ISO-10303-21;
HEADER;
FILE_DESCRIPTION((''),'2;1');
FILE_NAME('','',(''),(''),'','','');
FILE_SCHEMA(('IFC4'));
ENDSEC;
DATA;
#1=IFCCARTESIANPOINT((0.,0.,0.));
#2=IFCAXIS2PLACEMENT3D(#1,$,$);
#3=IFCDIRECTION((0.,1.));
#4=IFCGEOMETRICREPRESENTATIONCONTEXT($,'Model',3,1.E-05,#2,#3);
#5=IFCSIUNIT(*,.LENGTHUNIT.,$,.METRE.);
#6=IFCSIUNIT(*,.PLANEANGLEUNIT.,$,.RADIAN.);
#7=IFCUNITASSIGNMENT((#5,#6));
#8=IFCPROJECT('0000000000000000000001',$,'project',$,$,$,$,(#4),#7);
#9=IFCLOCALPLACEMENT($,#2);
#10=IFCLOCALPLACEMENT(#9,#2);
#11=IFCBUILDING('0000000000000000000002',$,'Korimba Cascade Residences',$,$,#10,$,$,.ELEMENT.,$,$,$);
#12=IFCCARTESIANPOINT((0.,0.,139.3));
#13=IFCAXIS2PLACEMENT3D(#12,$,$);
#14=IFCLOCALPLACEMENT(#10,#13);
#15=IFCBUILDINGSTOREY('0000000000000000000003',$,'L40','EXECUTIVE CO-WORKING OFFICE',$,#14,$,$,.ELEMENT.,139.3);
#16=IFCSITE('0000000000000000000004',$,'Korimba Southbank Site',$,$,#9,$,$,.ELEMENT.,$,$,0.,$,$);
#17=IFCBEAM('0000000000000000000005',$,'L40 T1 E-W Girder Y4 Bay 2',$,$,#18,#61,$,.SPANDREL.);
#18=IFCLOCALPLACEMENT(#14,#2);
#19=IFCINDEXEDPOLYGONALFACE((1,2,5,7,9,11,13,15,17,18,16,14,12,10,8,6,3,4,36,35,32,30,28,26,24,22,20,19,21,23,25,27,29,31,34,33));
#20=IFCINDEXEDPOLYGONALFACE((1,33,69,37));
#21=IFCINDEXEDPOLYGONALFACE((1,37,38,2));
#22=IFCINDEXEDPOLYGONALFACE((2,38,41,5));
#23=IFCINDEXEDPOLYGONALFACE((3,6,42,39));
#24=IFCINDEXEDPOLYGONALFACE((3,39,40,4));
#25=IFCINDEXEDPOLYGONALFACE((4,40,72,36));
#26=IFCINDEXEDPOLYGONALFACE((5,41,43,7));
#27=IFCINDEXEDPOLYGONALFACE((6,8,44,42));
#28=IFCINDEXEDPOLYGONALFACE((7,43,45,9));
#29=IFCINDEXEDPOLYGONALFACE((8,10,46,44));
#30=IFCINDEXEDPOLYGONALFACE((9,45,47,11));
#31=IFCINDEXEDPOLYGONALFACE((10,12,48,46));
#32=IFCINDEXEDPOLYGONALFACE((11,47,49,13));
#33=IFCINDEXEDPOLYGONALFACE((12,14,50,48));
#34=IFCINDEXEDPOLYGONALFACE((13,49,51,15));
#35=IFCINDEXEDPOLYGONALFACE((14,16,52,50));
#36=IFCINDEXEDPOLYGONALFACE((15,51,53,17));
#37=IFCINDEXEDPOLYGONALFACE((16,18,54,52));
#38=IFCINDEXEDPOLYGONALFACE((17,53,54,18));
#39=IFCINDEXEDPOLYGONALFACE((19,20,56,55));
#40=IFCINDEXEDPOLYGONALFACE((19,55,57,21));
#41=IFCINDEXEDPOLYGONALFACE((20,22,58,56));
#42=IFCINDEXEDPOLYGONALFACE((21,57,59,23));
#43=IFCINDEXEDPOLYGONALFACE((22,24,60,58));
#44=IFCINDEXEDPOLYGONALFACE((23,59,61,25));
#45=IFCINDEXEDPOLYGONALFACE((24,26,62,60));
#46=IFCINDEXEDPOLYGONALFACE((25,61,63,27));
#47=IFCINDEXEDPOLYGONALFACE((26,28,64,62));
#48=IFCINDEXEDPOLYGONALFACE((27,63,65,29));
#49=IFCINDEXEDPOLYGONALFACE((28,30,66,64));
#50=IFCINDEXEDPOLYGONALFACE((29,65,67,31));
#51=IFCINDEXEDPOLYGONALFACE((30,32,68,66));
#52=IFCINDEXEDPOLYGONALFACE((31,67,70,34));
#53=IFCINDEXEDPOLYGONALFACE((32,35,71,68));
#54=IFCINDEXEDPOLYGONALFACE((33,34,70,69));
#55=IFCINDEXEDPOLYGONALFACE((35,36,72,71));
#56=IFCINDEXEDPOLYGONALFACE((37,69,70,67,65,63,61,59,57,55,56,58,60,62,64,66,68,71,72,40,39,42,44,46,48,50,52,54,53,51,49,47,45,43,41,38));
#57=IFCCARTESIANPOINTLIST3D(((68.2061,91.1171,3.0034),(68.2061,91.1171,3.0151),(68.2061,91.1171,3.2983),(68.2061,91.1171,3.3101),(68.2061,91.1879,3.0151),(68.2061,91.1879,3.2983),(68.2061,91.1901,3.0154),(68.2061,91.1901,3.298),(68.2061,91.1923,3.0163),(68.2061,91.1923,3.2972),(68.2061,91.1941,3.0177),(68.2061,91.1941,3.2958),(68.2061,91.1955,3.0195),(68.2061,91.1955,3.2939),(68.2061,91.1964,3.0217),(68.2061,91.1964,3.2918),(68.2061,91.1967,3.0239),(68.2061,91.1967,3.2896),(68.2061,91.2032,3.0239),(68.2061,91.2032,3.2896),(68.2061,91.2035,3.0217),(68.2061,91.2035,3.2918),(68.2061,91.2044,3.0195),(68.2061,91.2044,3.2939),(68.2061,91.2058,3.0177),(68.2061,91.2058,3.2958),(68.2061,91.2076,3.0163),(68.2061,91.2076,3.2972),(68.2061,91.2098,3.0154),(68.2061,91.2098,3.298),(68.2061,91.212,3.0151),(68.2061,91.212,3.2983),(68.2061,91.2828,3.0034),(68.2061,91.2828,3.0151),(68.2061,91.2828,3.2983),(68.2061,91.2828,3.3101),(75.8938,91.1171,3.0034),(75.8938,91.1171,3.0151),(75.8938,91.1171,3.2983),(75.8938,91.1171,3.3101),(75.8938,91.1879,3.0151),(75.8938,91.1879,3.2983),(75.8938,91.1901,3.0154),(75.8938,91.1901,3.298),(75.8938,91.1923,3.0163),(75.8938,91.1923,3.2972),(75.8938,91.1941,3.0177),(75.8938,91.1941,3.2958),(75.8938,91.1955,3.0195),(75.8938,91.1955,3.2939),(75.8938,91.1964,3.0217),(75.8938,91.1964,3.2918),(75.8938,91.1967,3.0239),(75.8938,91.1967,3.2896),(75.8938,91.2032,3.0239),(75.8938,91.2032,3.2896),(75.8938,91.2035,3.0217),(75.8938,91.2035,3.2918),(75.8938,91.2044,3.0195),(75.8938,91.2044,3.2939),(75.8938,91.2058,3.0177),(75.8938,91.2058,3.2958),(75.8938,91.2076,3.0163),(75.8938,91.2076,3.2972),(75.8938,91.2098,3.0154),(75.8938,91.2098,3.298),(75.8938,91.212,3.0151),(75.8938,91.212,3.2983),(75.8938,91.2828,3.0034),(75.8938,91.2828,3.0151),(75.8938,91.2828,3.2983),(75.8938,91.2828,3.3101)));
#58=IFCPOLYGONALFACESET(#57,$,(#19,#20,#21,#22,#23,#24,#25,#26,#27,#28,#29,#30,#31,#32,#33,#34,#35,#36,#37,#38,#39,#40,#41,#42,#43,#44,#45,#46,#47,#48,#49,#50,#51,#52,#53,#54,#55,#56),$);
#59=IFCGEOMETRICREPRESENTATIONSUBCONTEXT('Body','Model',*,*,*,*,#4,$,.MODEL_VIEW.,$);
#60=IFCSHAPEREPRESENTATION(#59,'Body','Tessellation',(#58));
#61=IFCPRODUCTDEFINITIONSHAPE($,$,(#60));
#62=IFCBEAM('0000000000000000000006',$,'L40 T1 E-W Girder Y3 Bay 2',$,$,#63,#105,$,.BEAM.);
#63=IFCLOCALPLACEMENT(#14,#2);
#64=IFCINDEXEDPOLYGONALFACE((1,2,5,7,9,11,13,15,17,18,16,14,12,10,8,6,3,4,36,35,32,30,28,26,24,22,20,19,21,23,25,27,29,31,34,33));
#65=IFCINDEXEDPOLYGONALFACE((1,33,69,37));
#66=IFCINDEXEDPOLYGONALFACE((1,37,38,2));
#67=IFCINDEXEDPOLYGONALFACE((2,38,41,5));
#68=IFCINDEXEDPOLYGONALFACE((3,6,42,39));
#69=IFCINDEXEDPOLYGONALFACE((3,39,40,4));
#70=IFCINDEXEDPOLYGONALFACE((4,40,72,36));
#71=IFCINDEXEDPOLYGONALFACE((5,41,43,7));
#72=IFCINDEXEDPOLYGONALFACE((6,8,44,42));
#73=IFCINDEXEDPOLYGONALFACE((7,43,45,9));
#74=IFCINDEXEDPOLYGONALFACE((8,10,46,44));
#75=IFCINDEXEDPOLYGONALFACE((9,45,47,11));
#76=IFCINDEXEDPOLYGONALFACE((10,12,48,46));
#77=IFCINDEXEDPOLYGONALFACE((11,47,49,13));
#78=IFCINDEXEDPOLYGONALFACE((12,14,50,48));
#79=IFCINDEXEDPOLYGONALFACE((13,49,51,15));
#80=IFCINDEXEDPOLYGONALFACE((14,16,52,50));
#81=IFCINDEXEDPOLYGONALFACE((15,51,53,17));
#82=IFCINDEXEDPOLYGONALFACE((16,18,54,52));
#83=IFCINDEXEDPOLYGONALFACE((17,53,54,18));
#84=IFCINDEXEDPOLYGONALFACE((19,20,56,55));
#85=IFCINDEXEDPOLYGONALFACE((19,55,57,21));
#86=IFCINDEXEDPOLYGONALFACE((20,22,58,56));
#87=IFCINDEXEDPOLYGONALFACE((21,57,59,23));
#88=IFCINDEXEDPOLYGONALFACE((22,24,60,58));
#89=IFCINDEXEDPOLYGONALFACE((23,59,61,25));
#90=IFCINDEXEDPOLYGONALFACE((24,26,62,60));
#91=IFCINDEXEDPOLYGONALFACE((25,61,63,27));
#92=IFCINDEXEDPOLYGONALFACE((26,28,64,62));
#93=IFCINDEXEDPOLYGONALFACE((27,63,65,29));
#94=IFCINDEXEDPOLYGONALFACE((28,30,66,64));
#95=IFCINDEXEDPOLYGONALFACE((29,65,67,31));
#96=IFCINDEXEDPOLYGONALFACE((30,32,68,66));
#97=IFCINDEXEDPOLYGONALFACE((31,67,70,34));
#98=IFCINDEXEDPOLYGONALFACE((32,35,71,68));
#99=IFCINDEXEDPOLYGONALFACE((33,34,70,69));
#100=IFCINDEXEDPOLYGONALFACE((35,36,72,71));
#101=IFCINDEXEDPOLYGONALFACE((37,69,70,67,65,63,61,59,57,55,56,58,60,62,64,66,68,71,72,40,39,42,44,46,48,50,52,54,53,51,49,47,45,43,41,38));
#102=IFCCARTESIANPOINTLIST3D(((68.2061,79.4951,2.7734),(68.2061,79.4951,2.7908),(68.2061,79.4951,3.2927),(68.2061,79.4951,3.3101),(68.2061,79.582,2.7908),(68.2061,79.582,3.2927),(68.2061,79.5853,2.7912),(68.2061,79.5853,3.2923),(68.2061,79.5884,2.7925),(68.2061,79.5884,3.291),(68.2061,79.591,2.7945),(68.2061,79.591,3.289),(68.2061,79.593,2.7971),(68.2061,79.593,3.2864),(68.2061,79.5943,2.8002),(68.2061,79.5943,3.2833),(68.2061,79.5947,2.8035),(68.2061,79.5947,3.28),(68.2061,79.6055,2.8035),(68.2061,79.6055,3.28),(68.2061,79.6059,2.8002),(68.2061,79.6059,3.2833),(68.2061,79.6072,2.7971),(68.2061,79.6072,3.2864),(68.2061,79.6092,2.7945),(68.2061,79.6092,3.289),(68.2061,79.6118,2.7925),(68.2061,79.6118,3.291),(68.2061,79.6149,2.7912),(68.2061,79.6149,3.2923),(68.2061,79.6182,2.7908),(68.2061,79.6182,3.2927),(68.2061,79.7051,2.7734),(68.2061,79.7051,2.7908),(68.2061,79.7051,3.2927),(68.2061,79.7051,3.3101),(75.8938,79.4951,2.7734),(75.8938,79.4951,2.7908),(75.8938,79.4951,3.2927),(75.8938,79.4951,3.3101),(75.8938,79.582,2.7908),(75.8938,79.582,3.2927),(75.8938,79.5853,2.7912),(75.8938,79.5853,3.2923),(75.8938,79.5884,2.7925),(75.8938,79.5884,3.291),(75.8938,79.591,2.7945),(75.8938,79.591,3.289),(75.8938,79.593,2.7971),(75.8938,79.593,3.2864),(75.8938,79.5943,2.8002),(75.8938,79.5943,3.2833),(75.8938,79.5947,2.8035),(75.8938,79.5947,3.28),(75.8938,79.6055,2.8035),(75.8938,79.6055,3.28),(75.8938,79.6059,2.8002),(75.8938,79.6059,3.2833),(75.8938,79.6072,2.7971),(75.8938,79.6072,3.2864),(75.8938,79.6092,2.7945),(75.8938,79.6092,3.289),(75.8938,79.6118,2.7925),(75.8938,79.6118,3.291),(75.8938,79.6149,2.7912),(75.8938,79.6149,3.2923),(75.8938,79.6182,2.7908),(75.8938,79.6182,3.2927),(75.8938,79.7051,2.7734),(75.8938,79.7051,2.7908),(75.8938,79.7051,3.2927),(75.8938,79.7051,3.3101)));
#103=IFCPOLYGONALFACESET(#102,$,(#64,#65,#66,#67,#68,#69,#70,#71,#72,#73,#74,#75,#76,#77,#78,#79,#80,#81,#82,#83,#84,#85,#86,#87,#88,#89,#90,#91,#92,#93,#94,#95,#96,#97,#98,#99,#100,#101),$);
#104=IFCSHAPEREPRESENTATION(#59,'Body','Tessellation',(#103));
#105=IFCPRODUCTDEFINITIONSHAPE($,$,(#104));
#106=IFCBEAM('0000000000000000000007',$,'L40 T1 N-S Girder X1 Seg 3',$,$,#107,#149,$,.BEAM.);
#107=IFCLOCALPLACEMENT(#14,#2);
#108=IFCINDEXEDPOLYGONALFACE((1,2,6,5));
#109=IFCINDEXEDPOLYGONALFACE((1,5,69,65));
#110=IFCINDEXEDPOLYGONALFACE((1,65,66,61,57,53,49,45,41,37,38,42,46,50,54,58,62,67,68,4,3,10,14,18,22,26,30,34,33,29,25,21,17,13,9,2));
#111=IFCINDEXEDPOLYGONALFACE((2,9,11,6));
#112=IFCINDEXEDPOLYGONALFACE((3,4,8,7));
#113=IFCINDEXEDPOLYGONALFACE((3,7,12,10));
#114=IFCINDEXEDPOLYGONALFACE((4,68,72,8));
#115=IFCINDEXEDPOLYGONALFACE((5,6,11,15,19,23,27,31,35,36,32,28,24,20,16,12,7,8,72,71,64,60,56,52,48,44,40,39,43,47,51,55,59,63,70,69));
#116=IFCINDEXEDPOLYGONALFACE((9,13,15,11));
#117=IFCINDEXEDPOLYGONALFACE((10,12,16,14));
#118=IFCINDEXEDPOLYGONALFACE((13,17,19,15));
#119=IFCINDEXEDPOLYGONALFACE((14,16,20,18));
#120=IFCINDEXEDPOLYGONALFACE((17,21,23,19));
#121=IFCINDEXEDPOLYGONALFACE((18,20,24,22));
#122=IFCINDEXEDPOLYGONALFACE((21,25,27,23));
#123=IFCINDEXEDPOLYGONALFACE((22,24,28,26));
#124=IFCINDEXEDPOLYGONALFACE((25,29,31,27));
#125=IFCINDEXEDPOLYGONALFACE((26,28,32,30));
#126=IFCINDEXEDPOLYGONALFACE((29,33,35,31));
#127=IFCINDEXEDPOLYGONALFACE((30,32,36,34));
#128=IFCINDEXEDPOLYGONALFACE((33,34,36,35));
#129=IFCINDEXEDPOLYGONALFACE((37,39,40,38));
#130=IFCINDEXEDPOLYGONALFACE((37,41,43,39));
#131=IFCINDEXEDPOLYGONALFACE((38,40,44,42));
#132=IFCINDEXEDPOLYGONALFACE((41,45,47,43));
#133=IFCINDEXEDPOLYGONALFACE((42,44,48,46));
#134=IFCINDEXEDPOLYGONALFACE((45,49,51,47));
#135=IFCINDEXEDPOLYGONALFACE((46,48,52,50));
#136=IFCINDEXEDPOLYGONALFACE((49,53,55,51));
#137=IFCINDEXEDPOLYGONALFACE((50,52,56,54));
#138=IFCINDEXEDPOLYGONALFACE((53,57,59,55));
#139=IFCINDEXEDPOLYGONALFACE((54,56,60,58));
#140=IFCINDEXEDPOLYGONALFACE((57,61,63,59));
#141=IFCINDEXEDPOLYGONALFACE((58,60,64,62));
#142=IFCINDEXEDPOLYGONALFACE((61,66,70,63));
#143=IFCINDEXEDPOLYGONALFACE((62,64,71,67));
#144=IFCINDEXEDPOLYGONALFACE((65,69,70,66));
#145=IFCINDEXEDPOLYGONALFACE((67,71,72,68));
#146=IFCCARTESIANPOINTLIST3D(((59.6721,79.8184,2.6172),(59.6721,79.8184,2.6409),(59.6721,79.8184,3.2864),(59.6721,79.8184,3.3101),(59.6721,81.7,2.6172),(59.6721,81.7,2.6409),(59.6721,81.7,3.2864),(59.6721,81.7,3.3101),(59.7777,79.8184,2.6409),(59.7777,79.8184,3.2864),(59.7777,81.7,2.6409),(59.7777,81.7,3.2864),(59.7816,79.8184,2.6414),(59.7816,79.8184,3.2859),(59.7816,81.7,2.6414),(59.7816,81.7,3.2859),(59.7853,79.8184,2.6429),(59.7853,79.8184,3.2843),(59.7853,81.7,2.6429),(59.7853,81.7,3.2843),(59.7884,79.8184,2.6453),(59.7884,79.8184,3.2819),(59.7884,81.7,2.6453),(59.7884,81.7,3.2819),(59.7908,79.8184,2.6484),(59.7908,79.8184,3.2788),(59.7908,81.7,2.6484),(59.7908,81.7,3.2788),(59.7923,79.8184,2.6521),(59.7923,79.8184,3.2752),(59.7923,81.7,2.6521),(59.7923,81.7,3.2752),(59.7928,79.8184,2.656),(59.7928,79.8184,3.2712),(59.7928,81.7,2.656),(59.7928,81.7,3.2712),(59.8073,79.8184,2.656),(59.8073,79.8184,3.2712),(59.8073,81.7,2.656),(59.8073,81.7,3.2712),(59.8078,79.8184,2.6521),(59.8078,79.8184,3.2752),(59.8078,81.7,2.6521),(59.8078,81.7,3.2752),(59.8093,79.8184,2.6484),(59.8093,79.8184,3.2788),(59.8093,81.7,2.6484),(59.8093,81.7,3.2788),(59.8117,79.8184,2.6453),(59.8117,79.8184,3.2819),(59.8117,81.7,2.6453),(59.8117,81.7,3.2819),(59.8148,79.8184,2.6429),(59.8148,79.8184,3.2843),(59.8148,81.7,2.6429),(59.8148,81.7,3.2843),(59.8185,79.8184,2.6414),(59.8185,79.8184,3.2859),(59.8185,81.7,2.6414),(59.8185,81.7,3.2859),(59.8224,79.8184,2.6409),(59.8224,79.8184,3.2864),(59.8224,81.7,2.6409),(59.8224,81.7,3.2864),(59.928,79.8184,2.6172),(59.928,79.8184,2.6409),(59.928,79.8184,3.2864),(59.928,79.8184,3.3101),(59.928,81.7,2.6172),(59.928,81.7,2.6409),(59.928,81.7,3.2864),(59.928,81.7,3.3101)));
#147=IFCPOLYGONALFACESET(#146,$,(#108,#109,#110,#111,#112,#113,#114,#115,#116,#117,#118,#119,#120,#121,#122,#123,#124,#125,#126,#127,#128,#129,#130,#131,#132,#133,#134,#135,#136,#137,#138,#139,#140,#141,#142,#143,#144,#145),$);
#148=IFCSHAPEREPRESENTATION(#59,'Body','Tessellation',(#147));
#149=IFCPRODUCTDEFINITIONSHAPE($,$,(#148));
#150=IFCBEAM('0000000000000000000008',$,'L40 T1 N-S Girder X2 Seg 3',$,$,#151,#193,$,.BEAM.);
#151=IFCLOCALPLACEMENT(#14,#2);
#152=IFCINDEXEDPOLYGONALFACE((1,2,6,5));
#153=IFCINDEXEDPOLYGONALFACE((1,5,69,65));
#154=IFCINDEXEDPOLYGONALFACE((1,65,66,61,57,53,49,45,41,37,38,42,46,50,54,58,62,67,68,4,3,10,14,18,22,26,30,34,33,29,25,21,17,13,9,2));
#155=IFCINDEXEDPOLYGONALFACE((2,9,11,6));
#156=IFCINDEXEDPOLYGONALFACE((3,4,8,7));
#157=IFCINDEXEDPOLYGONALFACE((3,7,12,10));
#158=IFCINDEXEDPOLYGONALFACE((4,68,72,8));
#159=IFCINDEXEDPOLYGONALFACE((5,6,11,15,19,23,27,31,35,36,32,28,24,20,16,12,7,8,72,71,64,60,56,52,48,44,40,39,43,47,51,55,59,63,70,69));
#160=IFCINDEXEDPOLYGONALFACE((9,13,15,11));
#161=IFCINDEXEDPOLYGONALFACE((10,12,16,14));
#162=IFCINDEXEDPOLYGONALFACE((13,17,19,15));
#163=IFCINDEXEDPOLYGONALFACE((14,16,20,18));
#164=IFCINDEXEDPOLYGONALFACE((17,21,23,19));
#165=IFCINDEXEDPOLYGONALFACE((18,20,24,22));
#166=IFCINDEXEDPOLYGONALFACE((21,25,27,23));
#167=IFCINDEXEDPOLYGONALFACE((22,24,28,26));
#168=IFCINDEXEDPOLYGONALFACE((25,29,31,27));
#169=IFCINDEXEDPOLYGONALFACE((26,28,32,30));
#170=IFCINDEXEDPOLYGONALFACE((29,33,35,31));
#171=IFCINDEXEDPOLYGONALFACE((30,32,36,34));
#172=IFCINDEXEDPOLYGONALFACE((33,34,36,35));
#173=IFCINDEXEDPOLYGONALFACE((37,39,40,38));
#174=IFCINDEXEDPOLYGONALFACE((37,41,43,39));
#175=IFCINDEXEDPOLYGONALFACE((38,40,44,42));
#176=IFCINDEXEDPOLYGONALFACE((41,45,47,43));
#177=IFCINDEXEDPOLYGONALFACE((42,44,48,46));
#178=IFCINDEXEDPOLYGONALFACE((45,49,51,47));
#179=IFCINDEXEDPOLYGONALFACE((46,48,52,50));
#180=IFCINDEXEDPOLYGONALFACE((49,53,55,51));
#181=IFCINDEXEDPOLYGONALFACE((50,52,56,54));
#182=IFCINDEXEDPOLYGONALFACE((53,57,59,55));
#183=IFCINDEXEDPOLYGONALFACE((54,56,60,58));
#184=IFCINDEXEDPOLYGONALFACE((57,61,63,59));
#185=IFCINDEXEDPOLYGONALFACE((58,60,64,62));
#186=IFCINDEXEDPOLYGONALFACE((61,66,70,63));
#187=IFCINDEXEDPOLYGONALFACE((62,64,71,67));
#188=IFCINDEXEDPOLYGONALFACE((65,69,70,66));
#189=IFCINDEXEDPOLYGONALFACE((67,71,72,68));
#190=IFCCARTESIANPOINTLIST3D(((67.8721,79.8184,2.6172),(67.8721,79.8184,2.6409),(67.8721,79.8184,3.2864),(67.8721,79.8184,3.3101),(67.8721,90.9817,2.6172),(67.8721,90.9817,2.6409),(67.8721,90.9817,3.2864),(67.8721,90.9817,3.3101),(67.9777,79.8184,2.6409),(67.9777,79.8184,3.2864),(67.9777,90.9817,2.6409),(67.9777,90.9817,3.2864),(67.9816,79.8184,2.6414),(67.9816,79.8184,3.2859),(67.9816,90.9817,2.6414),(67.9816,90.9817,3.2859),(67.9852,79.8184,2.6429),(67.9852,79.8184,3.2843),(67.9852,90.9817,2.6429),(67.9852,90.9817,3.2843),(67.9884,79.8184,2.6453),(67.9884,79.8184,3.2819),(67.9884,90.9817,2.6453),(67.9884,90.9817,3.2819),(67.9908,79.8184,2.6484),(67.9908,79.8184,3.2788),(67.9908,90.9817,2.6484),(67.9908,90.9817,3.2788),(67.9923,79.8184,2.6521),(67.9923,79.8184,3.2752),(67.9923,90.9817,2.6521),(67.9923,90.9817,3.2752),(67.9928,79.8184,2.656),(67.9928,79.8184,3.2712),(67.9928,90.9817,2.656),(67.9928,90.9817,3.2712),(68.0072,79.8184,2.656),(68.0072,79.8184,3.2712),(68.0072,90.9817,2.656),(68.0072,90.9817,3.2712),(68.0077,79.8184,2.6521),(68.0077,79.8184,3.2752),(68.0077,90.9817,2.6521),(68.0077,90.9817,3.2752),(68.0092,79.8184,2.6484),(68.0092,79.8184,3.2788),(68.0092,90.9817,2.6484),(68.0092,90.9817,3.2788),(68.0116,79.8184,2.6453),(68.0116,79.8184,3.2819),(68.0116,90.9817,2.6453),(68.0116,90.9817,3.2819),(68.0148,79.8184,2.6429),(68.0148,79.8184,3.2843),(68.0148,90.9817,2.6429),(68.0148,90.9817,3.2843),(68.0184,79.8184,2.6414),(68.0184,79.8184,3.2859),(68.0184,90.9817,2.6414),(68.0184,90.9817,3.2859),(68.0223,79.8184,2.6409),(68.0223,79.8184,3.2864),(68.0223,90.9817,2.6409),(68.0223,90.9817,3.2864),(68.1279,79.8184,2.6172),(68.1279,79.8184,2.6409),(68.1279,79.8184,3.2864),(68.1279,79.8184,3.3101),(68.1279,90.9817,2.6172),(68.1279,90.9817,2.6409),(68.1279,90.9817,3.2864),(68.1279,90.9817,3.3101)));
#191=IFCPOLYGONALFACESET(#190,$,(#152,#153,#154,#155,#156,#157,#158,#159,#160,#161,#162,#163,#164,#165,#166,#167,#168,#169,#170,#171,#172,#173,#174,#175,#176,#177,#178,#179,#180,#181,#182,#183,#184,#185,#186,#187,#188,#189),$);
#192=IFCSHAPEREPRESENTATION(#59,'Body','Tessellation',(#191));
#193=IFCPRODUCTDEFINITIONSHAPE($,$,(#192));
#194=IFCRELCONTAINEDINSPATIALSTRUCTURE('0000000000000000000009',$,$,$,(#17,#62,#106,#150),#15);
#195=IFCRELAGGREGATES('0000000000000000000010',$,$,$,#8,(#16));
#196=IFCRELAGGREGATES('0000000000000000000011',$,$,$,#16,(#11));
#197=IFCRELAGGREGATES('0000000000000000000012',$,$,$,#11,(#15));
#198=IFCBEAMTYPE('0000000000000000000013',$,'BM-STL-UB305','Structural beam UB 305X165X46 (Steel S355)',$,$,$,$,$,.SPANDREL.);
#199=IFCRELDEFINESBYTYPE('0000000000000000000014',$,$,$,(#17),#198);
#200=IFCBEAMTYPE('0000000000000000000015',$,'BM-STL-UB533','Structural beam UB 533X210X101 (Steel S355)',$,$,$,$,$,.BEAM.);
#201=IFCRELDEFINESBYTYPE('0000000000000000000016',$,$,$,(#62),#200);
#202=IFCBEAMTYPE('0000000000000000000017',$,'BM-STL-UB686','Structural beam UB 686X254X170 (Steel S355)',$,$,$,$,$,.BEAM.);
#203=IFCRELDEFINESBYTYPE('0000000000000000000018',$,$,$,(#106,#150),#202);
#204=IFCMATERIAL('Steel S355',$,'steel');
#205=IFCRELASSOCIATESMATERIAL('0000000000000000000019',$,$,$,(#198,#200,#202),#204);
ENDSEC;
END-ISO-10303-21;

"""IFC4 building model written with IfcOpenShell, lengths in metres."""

from ifc_helpers import new_model, si_unit, direction, frame, origin, origin_2d, place, context, subcontext, project, spatial, i_section, extrude, material, material_profile, profile_set, type_object, element, save


model = new_model("IFC4")

# Units and contexts
model_context = context("Model", 3, precision=1e-05, world=origin(), true_north=direction((0.0, 1.0)))
body_context = subcontext(model_context, "Body", "Model", "MODEL_VIEW")
ifc_project = project(units=[si_unit("LENGTHUNIT", "METRE"), si_unit("PLANEANGLEUNIT", "RADIAN")], contexts=[model_context])

# Site, building, storey
site_placement = place(None, origin())
site = spatial("IfcSite", under=ifc_project, at=site_placement, Name="Korimba Southbank Site", CompositionType="ELEMENT", RefElevation=0.0)
building_placement = place(site_placement, origin())
building = spatial("IfcBuilding", under=site, at=building_placement, Name="Korimba Cascade Residences", CompositionType="ELEMENT")
storey_placement = place(building_placement, frame((0.0, 0.0, 139.3)))
storey = spatial("IfcBuildingStorey", under=building, at=storey_placement, Name="L40", Description="EXECUTIVE CO-WORKING OFFICE", CompositionType="ELEMENT", Elevation=139.3)

# Beams
ifc_material_1 = material(Name="Steel S355", Category="steel")
ifc_material_profile_1 = material_profile(ifc_material_1, i_section(OverallWidth=0.1658, OverallDepth=0.3066, WebThickness=0.0066, FlangeThickness=0.0117, FilletRadius=0.0088, at=origin_2d()), Name="Steel S355")
ifc_profile_set_1 = profile_set([ifc_material_profile_1], Name="Steel S355")
beam_type_1 = type_object("IfcBeamType", Name="BM-STL-UB305", Description="Structural beam UB 305X165X46 (Steel S355)", PredefinedType="SPANDREL", material=ifc_profile_set_1)
beam_1_placement = place(storey_placement, frame((68.2061, 91.2, 3.1567), z_axis=(1.0, 0.0, 0.0), x_axis=(0.0, 1.0, 0.0)))
element("IfcBeam", 1, at=beam_1_placement, inside=storey, type_object=beam_type_1, Name="L40 T1 E-W Girder Y4 Bay 2", PredefinedType="SPANDREL", context=body_context, shape_type="SweptSolid", body=[
    extrude(i_section(OverallWidth=0.1658, OverallDepth=0.3066, WebThickness=0.0066, FlangeThickness=0.0117, FilletRadius=0.0088, at=origin_2d()), origin(), (0.0, 0.0, 1.0), 7.6877),
])
ifc_material_profile_2 = material_profile(ifc_material_1, i_section(OverallWidth=0.21, OverallDepth=0.5366, WebThickness=0.0107, FlangeThickness=0.0173, FilletRadius=0.0127, at=origin_2d()), Name="Steel S355")
ifc_profile_set_2 = profile_set([ifc_material_profile_2], Name="Steel S355")
beam_type_2 = type_object("IfcBeamType", Name="BM-STL-UB533", Description="Structural beam UB 533X210X101 (Steel S355)", PredefinedType="BEAM", material=ifc_profile_set_2)
beam_2_placement = place(storey_placement, frame((68.2061, 79.6001, 3.0417), z_axis=(1.0, 0.0, 0.0), x_axis=(0.0, 1.0, 0.0)))
element("IfcBeam", 2, at=beam_2_placement, inside=storey, type_object=beam_type_2, Name="L40 T1 E-W Girder Y3 Bay 2", PredefinedType="BEAM", context=body_context, shape_type="SweptSolid", body=[
    extrude(i_section(OverallWidth=0.21, OverallDepth=0.5366, WebThickness=0.0107, FlangeThickness=0.0173, FilletRadius=0.0127, at=origin_2d()), origin(), (0.0, 0.0, 1.0), 7.6877),
])
ifc_material_profile_3 = material_profile(ifc_material_1, i_section(OverallWidth=0.2559, OverallDepth=0.6929, WebThickness=0.0144, FlangeThickness=0.0237, FilletRadius=0.0151, at=origin_2d()), Name="Steel S355")
ifc_profile_set_3 = profile_set([ifc_material_profile_3], Name="Steel S355")
beam_type_3 = type_object("IfcBeamType", Name="BM-STL-UB686", Description="Structural beam UB 686X254X170 (Steel S355)", PredefinedType="BEAM", material=ifc_profile_set_3)
beam_3_placement = place(storey_placement, frame((59.8, 79.8184, 2.9636), z_axis=(0.0, 1.0, 0.0), x_axis=(-1.0, 0.0, 0.0)))
element("IfcBeam", 3, at=beam_3_placement, inside=storey, type_object=beam_type_3, Name="L40 T1 N-S Girder X1 Seg 3", PredefinedType="BEAM", context=body_context, shape_type="SweptSolid", body=[
    extrude(i_section(OverallWidth=0.2559, OverallDepth=0.6929, WebThickness=0.0144, FlangeThickness=0.0237, FilletRadius=0.0151, at=origin_2d()), origin(), (0.0, 0.0, 1.0), 1.8816),
])
beam_4_placement = place(storey_placement, frame((68.0, 79.8184, 2.9636), z_axis=(0.0, 1.0, 0.0), x_axis=(-1.0, 0.0, 0.0)))
element("IfcBeam", 4, at=beam_4_placement, inside=storey, type_object=beam_type_3, Name="L40 T1 N-S Girder X2 Seg 3", PredefinedType="BEAM", context=body_context, shape_type="SweptSolid", body=[
    extrude(i_section(OverallWidth=0.2559, OverallDepth=0.6929, WebThickness=0.0144, FlangeThickness=0.0237, FilletRadius=0.0151, at=origin_2d()), origin(), (0.0, 0.0, 1.0), 11.1633),
])

save(model, "model.ifc")
